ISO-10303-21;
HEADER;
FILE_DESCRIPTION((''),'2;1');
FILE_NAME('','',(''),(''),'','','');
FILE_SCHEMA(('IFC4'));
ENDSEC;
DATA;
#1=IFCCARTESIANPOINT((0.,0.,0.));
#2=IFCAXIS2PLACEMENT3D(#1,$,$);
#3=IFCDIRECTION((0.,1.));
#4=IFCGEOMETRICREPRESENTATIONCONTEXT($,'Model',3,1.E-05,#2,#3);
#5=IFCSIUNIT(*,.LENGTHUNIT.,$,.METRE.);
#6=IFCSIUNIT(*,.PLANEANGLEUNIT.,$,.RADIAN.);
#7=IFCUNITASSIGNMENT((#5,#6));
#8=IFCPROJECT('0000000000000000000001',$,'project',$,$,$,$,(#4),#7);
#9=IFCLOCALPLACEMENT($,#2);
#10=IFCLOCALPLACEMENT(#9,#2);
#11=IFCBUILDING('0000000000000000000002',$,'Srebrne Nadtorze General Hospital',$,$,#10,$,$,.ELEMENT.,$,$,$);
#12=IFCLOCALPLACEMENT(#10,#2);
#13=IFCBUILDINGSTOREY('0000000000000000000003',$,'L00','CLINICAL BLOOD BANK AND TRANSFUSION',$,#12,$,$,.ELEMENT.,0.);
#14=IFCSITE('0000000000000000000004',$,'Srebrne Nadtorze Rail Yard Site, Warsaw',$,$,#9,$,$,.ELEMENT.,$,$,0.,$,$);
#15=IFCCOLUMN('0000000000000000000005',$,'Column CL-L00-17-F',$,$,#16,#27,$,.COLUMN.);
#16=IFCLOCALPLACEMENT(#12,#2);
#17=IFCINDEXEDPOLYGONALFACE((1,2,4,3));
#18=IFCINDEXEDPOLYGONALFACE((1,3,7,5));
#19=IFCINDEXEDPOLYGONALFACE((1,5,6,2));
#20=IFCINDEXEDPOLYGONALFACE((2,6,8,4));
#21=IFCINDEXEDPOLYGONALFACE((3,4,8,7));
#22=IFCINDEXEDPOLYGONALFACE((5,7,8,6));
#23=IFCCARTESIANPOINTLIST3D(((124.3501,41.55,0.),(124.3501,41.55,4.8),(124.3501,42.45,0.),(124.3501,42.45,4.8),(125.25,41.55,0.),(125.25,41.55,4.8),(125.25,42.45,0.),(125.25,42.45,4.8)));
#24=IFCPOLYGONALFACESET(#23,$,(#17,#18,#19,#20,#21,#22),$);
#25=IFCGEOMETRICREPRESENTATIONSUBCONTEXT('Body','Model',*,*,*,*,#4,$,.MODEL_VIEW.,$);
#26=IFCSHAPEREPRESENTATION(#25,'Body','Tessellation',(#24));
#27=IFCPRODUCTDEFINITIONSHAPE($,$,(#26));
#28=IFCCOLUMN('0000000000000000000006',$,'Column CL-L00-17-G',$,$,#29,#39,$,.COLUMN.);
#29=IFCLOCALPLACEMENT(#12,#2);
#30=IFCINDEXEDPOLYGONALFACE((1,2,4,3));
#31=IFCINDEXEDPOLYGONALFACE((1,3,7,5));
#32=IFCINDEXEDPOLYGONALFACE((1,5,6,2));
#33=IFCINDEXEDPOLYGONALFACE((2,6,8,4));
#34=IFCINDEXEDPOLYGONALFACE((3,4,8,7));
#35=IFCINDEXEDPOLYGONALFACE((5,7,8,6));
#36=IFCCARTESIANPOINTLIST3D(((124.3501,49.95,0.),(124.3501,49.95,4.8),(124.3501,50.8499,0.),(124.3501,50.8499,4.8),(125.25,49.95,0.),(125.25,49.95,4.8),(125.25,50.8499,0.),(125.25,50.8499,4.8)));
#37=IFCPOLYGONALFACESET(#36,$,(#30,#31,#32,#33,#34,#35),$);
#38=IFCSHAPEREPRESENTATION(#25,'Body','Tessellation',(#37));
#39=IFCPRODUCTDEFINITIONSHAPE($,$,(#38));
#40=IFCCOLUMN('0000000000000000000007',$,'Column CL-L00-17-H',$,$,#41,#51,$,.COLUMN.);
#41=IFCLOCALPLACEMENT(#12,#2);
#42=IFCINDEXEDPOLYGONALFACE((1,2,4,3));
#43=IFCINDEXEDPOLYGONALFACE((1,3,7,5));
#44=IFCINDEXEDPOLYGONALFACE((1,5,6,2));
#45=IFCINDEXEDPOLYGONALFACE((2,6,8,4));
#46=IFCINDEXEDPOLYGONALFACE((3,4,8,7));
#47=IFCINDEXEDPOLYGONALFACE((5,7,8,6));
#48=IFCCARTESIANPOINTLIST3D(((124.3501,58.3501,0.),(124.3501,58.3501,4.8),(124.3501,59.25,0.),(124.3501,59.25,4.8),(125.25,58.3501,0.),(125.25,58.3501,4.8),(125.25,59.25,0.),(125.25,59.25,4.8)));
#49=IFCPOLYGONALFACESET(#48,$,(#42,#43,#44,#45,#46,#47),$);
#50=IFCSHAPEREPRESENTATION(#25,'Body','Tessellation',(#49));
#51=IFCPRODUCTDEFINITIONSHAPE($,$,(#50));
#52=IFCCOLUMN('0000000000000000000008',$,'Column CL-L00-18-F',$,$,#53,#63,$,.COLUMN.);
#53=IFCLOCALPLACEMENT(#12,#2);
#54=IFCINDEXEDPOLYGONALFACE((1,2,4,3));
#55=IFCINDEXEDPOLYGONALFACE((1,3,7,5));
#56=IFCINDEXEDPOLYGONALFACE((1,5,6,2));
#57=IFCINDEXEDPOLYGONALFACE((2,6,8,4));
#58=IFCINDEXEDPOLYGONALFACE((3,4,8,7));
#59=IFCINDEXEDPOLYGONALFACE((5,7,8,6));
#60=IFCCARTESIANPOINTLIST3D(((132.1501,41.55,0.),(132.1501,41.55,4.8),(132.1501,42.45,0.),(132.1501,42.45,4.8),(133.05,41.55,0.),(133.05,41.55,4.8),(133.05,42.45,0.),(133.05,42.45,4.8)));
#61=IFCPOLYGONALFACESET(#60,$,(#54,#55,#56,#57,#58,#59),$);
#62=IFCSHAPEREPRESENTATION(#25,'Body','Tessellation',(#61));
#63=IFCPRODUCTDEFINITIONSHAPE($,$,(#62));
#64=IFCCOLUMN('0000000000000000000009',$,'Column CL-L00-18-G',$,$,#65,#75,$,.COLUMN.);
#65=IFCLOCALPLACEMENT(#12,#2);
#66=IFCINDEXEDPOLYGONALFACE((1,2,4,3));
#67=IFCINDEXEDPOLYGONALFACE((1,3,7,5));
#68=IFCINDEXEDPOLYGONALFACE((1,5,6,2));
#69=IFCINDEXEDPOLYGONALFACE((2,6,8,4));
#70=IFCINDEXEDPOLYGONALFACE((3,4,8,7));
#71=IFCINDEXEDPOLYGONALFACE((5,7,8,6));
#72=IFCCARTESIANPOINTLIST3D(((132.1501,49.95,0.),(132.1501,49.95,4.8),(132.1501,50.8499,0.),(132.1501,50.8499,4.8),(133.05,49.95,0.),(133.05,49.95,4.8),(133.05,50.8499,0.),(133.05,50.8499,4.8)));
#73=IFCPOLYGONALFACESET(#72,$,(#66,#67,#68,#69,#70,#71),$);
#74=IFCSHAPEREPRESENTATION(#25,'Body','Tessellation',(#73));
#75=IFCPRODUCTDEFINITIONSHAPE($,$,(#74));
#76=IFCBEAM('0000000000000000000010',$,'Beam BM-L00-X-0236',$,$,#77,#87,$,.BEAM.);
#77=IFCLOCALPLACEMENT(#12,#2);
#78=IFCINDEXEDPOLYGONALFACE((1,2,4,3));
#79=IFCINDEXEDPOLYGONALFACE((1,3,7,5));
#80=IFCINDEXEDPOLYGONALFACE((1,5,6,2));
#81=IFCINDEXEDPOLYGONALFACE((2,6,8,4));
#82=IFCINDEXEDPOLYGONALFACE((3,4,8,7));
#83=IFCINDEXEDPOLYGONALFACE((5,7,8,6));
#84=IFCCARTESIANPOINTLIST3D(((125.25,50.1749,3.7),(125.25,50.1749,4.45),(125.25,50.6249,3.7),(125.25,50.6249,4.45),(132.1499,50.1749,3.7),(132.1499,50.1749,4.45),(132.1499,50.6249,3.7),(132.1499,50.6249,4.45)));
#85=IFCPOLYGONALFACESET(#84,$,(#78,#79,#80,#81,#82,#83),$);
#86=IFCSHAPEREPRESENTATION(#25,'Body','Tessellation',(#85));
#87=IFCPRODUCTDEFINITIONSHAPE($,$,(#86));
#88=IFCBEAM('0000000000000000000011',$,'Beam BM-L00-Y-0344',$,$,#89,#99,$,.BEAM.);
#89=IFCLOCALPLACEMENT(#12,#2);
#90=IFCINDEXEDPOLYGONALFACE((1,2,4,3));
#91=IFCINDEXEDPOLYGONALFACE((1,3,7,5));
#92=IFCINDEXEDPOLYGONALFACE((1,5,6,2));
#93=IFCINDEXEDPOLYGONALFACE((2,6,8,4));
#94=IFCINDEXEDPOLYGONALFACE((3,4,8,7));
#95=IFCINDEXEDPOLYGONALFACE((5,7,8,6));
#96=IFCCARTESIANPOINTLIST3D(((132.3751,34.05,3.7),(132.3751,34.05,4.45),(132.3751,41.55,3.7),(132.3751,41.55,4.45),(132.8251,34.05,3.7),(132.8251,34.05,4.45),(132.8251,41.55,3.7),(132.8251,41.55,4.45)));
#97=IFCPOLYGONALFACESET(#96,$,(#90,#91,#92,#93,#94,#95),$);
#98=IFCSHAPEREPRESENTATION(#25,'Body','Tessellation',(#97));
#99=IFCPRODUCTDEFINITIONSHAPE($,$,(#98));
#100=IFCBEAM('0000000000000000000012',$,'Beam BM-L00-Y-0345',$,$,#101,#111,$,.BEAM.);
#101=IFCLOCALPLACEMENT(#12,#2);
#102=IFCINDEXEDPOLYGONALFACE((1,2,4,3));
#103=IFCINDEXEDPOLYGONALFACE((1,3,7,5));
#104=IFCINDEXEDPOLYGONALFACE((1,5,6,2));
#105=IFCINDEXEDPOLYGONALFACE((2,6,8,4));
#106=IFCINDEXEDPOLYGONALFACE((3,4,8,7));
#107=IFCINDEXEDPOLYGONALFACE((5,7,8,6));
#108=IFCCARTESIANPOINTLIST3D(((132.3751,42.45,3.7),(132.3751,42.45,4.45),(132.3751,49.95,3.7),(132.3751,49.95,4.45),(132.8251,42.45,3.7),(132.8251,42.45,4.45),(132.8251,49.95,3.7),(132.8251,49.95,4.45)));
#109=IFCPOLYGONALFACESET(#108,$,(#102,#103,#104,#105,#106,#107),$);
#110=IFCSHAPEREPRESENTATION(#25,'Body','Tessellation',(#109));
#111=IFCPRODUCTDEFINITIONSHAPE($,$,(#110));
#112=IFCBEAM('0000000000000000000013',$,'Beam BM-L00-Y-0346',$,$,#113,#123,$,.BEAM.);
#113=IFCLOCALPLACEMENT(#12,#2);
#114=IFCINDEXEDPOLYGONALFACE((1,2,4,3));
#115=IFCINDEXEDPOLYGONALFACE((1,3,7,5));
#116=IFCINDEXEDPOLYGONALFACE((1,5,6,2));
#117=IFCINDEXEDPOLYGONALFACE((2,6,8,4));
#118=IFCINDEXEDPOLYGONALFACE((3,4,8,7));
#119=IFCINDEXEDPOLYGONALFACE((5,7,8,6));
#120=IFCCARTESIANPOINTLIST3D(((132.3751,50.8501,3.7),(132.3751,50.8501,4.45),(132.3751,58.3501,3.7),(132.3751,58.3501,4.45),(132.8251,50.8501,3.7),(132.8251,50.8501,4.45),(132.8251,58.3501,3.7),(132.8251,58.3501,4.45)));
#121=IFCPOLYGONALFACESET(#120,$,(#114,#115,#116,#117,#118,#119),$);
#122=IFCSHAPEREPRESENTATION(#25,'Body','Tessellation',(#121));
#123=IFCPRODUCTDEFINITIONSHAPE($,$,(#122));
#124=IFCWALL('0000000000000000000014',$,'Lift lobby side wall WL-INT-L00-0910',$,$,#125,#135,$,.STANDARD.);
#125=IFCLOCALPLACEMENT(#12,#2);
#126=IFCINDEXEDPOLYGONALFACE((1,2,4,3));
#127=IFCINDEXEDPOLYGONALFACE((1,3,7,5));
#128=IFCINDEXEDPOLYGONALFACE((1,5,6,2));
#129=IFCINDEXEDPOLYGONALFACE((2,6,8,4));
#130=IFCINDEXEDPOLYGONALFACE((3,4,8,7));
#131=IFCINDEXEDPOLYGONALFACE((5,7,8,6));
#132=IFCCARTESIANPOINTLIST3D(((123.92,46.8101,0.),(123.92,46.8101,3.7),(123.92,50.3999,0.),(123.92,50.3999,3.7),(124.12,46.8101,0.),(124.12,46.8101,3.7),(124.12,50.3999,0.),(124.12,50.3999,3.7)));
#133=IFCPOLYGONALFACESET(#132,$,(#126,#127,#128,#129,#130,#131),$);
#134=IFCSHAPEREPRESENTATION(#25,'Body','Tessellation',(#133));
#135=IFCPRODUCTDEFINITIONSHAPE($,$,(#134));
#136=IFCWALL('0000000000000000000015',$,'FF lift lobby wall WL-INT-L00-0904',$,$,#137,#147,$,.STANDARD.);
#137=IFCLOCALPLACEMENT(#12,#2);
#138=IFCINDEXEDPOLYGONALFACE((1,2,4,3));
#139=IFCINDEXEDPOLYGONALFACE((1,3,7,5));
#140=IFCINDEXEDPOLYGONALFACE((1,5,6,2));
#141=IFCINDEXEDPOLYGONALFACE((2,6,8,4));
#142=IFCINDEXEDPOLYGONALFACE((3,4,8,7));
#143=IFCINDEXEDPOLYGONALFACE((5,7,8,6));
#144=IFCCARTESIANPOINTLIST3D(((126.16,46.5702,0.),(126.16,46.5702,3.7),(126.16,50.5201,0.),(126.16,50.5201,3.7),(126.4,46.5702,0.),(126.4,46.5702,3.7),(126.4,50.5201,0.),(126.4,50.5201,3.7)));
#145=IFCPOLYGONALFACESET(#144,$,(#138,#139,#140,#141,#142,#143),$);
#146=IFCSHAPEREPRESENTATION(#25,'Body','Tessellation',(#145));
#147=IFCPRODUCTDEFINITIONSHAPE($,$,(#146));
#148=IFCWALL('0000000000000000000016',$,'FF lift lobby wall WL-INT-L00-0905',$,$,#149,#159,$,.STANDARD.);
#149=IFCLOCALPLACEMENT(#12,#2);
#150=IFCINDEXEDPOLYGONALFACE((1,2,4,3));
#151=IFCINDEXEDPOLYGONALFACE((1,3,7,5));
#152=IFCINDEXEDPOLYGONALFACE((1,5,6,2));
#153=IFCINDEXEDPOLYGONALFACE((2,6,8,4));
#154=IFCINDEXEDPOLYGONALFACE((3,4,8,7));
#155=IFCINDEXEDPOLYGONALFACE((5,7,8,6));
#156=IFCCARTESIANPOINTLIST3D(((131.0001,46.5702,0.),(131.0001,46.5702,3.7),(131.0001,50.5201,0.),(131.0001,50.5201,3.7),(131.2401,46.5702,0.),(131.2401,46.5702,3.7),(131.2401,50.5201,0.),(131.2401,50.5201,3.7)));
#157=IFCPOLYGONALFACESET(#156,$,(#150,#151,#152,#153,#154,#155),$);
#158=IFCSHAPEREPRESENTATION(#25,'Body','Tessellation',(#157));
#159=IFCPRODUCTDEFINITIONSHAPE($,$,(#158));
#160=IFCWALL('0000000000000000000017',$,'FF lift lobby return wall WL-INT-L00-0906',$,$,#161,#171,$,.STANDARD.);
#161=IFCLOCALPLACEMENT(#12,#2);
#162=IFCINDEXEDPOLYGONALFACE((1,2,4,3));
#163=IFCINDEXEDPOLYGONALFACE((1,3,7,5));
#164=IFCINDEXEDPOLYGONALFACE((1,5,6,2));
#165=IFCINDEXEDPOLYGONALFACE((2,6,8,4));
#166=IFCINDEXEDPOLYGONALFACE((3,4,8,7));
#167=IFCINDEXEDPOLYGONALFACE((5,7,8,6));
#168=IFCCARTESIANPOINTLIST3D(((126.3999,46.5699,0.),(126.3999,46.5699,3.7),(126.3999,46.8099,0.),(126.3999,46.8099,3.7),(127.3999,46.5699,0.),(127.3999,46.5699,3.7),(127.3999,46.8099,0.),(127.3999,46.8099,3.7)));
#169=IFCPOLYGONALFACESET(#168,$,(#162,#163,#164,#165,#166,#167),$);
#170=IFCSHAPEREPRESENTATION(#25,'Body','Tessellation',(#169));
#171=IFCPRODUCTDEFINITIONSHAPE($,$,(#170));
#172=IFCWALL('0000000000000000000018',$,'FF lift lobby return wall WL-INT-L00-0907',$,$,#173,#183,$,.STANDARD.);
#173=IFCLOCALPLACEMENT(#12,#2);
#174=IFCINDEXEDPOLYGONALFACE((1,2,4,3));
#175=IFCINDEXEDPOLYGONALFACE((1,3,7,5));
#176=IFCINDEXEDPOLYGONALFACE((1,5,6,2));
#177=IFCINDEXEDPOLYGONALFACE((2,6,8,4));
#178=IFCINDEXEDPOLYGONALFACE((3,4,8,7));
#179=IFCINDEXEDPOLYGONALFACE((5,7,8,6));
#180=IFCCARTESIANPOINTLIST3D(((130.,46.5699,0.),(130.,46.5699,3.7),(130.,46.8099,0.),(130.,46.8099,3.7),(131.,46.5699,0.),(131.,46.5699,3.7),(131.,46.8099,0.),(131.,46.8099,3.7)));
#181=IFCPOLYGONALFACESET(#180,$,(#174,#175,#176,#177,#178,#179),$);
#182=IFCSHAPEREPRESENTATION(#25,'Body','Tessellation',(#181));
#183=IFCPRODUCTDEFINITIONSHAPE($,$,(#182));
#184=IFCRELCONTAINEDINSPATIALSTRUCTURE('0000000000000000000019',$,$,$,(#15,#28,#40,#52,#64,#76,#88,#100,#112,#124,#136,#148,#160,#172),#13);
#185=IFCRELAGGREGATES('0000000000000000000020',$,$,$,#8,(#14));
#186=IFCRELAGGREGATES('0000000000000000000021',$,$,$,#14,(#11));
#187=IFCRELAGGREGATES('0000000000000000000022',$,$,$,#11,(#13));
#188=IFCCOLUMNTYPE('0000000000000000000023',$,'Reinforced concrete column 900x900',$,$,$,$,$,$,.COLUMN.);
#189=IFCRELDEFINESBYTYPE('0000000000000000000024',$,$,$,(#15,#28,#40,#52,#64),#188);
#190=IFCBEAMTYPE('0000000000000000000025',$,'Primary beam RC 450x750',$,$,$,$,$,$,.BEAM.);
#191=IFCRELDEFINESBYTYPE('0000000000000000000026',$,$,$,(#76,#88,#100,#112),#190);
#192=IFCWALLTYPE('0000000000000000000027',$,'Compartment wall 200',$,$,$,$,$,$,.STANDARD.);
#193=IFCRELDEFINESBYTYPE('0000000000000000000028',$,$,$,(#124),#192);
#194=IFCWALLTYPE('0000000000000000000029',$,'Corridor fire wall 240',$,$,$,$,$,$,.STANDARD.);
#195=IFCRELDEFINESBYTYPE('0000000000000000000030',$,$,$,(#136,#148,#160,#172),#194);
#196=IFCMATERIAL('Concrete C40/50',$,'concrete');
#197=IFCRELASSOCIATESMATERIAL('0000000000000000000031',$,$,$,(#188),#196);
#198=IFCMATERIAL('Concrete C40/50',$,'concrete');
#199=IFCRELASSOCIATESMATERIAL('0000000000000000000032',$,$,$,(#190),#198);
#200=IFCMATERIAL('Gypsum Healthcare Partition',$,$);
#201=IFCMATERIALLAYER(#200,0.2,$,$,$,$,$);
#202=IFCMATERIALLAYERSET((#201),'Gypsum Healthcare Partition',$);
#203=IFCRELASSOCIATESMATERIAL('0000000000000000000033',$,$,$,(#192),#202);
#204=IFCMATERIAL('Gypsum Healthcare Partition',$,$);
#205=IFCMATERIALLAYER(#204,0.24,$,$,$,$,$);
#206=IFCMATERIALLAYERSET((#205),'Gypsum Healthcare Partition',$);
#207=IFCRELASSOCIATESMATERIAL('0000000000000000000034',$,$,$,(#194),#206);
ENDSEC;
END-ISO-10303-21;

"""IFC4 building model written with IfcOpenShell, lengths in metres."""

from ifc_helpers import new_model, si_unit, direction, frame, frame_2d, origin, origin_2d, place, context, subcontext, project, spatial, rectangle, extrude, material, layer, layer_set, material_profile, profile_set, type_object, element, save


model = new_model("IFC4")

# Units and contexts
model_context = context("Model", 3, precision=1e-05, world=origin(), true_north=direction((0.0, 1.0)))
body_context = subcontext(model_context, "Body", "Model", "MODEL_VIEW")
ifc_project = project(units=[si_unit("LENGTHUNIT", "METRE"), si_unit("PLANEANGLEUNIT", "RADIAN")], contexts=[model_context])

# Site, building, storey
site_placement = place(None, origin())
site = spatial("IfcSite", under=ifc_project, at=site_placement, Name="Srebrne Nadtorze Rail Yard Site, Warsaw", CompositionType="ELEMENT", RefElevation=0.0)
building_placement = place(site_placement, origin())
building = spatial("IfcBuilding", under=site, at=building_placement, Name="Srebrne Nadtorze General Hospital", CompositionType="ELEMENT")
storey_placement = place(building_placement, origin())
storey = spatial("IfcBuildingStorey", under=building, at=storey_placement, Name="L00", Description="CLINICAL BLOOD BANK AND TRANSFUSION", CompositionType="ELEMENT", Elevation=0.0)

# Columns
ifc_material_1 = material(Name="Concrete C40/50", Category="concrete")
ifc_material_profile_1 = material_profile(ifc_material_1, rectangle(XDim=0.8999, YDim=0.8999, at=origin_2d()), Name="RC-COL-900x900")
ifc_profile_set_1 = profile_set([ifc_material_profile_1], Name="Concrete C40/50")
column_type = type_object("IfcColumnType", Name="Reinforced concrete column 900x900", PredefinedType="COLUMN", material=ifc_profile_set_1)
for number, where, z_axis, x_axis, name in (
    (1, (124.8, 42.0, 0.0), (0.0, 0.0, 1.0), (1.0, 0.0, 0.0), "Column CL-L00-17-F"),
    (2, (124.8, 50.3999, 0.0), (0.0, 0.0, 1.0), (1.0, 0.0, 0.0), "Column CL-L00-17-G"),
    (3, (124.8, 58.8, 0.0), (0.0, 0.0, 1.0), (1.0, 0.0, 0.0), "Column CL-L00-17-H"),
    (4, (132.6001, 42.0, 0.0), (0.0, 0.0, 1.0), (1.0, 0.0, 0.0), "Column CL-L00-18-F"),
    (5, (132.6001, 50.3999, 0.0), (0.0, 0.0, 1.0), (1.0, 0.0, 0.0), "Column CL-L00-18-G"),
):
    element("IfcColumn", number, at=place(storey_placement, frame(where, z_axis=z_axis, x_axis=x_axis)), inside=storey, type_object=column_type, Name=name, PredefinedType="COLUMN", context=body_context, shape_type="SweptSolid", body=[
        extrude(rectangle(XDim=0.8999, YDim=0.8999, at=origin_2d()), origin(), (0.0, 0.0, 1.0), 4.8),
    ])

# Beams
ifc_material_2 = material(Name="Concrete C40/50", Category="concrete")
ifc_material_profile_2 = material_profile(ifc_material_2, rectangle(XDim=0.45, YDim=0.75, at=origin_2d()), Name="RC-BM-450x750")
ifc_profile_set_2 = profile_set([ifc_material_profile_2], Name="Concrete C40/50")
beam_type = type_object("IfcBeamType", Name="Primary beam RC 450x750", PredefinedType="BEAM", material=ifc_profile_set_2)
beam_placement = place(storey_placement, frame((125.25, 50.3999, 4.075), z_axis=(1.0, 0.0, 0.0), x_axis=(0.0, 1.0, 0.0)))
element("IfcBeam", 6, at=beam_placement, inside=storey, type_object=beam_type, Name="Beam BM-L00-X-0236", PredefinedType="BEAM", context=body_context, shape_type="SweptSolid", body=[
    extrude(rectangle(XDim=0.45, YDim=0.75, at=origin_2d()), origin(), (0.0, 0.0, 1.0), 6.8999),
])
for number, where, z_axis, x_axis, name in (
    (7, (132.6001, 34.05, 4.075), (0.0, 1.0, 0.0), (-1.0, 0.0, 0.0), "Beam BM-L00-Y-0344"),
    (8, (132.6001, 42.45, 4.075), (0.0, 1.0, 0.0), (-1.0, 0.0, 0.0), "Beam BM-L00-Y-0345"),
    (9, (132.6001, 50.8501, 4.075), (0.0, 1.0, 0.0), (-1.0, 0.0, 0.0), "Beam BM-L00-Y-0346"),
):
    element("IfcBeam", number, at=place(storey_placement, frame(where, z_axis=z_axis, x_axis=x_axis)), inside=storey, type_object=beam_type, Name=name, PredefinedType="BEAM", context=body_context, shape_type="SweptSolid", body=[
        extrude(rectangle(XDim=0.45, YDim=0.75, at=origin_2d()), origin(), (0.0, 0.0, 1.0), 7.5),
    ])

# Walls
ifc_material_3 = material(Name="Gypsum Healthcare Partition")
ifc_layer_1 = layer(ifc_material_3, 0.2)
ifc_layer_set_1 = layer_set([ifc_layer_1], Name="Gypsum Healthcare Partition")
wall_type_1 = type_object("IfcWallType", Name="Compartment wall 200", PredefinedType="STANDARD", material=ifc_layer_set_1)
wall_1_placement = place(storey_placement, frame((124.02, 46.8101, 0.0), z_axis=(0.0, 0.0, 1.0), x_axis=(0.0, 1.0, 0.0)))
element("IfcWall", 10, at=wall_1_placement, inside=storey, type_object=wall_type_1, Name="Lift lobby side wall WL-INT-L00-0910", PredefinedType="STANDARD", context=body_context, shape_type="SweptSolid", body=[
    extrude(rectangle(XDim=3.5898, YDim=0.2, at=frame_2d((1.7949, 0.0))), origin(), (0.0, 0.0, 1.0), 3.7),
])
ifc_material_4 = material(Name="Gypsum Healthcare Partition")
ifc_layer_2 = layer(ifc_material_4, 0.24)
ifc_layer_set_2 = layer_set([ifc_layer_2], Name="Gypsum Healthcare Partition")
wall_type_2 = type_object("IfcWallType", Name="Corridor fire wall 240", PredefinedType="STANDARD", material=ifc_layer_set_2)
for number, where, z_axis, x_axis, name in (
    (11, (126.28, 46.5701, 0.0), (0.0, 0.0, 1.0), (0.0, 1.0, 0.0), "FF lift lobby wall WL-INT-L00-0904"),
    (12, (131.1201, 46.5701, 0.0), (0.0, 0.0, 1.0), (0.0, 1.0, 0.0), "FF lift lobby wall WL-INT-L00-0905"),
):
    element("IfcWall", number, at=place(storey_placement, frame(where, z_axis=z_axis, x_axis=x_axis)), inside=storey, type_object=wall_type_2, Name=name, PredefinedType="STANDARD", context=body_context, shape_type="SweptSolid", body=[
        extrude(rectangle(XDim=3.95, YDim=0.24, at=frame_2d((1.9751, 0.0))), origin(), (0.0, 0.0, 1.0), 3.7),
    ])
for number, where, z_axis, x_axis, name in (
    (13, (126.3999, 46.6899, 0.0), (0.0, 0.0, 1.0), (1.0, 0.0, 0.0), "FF lift lobby return wall WL-INT-L00-0906"),
    (14, (130.0, 46.6899, 0.0), (0.0, 0.0, 1.0), (1.0, 0.0, 0.0), "FF lift lobby return wall WL-INT-L00-0907"),
):
    element("IfcWall", number, at=place(storey_placement, frame(where, z_axis=z_axis, x_axis=x_axis)), inside=storey, type_object=wall_type_2, Name=name, PredefinedType="STANDARD", context=body_context, shape_type="SweptSolid", body=[
        extrude(rectangle(XDim=1.0, YDim=0.24, at=frame_2d((0.5, 0.0))), origin(), (0.0, 0.0, 1.0), 3.7),
    ])

save(model, "model.ifc")
